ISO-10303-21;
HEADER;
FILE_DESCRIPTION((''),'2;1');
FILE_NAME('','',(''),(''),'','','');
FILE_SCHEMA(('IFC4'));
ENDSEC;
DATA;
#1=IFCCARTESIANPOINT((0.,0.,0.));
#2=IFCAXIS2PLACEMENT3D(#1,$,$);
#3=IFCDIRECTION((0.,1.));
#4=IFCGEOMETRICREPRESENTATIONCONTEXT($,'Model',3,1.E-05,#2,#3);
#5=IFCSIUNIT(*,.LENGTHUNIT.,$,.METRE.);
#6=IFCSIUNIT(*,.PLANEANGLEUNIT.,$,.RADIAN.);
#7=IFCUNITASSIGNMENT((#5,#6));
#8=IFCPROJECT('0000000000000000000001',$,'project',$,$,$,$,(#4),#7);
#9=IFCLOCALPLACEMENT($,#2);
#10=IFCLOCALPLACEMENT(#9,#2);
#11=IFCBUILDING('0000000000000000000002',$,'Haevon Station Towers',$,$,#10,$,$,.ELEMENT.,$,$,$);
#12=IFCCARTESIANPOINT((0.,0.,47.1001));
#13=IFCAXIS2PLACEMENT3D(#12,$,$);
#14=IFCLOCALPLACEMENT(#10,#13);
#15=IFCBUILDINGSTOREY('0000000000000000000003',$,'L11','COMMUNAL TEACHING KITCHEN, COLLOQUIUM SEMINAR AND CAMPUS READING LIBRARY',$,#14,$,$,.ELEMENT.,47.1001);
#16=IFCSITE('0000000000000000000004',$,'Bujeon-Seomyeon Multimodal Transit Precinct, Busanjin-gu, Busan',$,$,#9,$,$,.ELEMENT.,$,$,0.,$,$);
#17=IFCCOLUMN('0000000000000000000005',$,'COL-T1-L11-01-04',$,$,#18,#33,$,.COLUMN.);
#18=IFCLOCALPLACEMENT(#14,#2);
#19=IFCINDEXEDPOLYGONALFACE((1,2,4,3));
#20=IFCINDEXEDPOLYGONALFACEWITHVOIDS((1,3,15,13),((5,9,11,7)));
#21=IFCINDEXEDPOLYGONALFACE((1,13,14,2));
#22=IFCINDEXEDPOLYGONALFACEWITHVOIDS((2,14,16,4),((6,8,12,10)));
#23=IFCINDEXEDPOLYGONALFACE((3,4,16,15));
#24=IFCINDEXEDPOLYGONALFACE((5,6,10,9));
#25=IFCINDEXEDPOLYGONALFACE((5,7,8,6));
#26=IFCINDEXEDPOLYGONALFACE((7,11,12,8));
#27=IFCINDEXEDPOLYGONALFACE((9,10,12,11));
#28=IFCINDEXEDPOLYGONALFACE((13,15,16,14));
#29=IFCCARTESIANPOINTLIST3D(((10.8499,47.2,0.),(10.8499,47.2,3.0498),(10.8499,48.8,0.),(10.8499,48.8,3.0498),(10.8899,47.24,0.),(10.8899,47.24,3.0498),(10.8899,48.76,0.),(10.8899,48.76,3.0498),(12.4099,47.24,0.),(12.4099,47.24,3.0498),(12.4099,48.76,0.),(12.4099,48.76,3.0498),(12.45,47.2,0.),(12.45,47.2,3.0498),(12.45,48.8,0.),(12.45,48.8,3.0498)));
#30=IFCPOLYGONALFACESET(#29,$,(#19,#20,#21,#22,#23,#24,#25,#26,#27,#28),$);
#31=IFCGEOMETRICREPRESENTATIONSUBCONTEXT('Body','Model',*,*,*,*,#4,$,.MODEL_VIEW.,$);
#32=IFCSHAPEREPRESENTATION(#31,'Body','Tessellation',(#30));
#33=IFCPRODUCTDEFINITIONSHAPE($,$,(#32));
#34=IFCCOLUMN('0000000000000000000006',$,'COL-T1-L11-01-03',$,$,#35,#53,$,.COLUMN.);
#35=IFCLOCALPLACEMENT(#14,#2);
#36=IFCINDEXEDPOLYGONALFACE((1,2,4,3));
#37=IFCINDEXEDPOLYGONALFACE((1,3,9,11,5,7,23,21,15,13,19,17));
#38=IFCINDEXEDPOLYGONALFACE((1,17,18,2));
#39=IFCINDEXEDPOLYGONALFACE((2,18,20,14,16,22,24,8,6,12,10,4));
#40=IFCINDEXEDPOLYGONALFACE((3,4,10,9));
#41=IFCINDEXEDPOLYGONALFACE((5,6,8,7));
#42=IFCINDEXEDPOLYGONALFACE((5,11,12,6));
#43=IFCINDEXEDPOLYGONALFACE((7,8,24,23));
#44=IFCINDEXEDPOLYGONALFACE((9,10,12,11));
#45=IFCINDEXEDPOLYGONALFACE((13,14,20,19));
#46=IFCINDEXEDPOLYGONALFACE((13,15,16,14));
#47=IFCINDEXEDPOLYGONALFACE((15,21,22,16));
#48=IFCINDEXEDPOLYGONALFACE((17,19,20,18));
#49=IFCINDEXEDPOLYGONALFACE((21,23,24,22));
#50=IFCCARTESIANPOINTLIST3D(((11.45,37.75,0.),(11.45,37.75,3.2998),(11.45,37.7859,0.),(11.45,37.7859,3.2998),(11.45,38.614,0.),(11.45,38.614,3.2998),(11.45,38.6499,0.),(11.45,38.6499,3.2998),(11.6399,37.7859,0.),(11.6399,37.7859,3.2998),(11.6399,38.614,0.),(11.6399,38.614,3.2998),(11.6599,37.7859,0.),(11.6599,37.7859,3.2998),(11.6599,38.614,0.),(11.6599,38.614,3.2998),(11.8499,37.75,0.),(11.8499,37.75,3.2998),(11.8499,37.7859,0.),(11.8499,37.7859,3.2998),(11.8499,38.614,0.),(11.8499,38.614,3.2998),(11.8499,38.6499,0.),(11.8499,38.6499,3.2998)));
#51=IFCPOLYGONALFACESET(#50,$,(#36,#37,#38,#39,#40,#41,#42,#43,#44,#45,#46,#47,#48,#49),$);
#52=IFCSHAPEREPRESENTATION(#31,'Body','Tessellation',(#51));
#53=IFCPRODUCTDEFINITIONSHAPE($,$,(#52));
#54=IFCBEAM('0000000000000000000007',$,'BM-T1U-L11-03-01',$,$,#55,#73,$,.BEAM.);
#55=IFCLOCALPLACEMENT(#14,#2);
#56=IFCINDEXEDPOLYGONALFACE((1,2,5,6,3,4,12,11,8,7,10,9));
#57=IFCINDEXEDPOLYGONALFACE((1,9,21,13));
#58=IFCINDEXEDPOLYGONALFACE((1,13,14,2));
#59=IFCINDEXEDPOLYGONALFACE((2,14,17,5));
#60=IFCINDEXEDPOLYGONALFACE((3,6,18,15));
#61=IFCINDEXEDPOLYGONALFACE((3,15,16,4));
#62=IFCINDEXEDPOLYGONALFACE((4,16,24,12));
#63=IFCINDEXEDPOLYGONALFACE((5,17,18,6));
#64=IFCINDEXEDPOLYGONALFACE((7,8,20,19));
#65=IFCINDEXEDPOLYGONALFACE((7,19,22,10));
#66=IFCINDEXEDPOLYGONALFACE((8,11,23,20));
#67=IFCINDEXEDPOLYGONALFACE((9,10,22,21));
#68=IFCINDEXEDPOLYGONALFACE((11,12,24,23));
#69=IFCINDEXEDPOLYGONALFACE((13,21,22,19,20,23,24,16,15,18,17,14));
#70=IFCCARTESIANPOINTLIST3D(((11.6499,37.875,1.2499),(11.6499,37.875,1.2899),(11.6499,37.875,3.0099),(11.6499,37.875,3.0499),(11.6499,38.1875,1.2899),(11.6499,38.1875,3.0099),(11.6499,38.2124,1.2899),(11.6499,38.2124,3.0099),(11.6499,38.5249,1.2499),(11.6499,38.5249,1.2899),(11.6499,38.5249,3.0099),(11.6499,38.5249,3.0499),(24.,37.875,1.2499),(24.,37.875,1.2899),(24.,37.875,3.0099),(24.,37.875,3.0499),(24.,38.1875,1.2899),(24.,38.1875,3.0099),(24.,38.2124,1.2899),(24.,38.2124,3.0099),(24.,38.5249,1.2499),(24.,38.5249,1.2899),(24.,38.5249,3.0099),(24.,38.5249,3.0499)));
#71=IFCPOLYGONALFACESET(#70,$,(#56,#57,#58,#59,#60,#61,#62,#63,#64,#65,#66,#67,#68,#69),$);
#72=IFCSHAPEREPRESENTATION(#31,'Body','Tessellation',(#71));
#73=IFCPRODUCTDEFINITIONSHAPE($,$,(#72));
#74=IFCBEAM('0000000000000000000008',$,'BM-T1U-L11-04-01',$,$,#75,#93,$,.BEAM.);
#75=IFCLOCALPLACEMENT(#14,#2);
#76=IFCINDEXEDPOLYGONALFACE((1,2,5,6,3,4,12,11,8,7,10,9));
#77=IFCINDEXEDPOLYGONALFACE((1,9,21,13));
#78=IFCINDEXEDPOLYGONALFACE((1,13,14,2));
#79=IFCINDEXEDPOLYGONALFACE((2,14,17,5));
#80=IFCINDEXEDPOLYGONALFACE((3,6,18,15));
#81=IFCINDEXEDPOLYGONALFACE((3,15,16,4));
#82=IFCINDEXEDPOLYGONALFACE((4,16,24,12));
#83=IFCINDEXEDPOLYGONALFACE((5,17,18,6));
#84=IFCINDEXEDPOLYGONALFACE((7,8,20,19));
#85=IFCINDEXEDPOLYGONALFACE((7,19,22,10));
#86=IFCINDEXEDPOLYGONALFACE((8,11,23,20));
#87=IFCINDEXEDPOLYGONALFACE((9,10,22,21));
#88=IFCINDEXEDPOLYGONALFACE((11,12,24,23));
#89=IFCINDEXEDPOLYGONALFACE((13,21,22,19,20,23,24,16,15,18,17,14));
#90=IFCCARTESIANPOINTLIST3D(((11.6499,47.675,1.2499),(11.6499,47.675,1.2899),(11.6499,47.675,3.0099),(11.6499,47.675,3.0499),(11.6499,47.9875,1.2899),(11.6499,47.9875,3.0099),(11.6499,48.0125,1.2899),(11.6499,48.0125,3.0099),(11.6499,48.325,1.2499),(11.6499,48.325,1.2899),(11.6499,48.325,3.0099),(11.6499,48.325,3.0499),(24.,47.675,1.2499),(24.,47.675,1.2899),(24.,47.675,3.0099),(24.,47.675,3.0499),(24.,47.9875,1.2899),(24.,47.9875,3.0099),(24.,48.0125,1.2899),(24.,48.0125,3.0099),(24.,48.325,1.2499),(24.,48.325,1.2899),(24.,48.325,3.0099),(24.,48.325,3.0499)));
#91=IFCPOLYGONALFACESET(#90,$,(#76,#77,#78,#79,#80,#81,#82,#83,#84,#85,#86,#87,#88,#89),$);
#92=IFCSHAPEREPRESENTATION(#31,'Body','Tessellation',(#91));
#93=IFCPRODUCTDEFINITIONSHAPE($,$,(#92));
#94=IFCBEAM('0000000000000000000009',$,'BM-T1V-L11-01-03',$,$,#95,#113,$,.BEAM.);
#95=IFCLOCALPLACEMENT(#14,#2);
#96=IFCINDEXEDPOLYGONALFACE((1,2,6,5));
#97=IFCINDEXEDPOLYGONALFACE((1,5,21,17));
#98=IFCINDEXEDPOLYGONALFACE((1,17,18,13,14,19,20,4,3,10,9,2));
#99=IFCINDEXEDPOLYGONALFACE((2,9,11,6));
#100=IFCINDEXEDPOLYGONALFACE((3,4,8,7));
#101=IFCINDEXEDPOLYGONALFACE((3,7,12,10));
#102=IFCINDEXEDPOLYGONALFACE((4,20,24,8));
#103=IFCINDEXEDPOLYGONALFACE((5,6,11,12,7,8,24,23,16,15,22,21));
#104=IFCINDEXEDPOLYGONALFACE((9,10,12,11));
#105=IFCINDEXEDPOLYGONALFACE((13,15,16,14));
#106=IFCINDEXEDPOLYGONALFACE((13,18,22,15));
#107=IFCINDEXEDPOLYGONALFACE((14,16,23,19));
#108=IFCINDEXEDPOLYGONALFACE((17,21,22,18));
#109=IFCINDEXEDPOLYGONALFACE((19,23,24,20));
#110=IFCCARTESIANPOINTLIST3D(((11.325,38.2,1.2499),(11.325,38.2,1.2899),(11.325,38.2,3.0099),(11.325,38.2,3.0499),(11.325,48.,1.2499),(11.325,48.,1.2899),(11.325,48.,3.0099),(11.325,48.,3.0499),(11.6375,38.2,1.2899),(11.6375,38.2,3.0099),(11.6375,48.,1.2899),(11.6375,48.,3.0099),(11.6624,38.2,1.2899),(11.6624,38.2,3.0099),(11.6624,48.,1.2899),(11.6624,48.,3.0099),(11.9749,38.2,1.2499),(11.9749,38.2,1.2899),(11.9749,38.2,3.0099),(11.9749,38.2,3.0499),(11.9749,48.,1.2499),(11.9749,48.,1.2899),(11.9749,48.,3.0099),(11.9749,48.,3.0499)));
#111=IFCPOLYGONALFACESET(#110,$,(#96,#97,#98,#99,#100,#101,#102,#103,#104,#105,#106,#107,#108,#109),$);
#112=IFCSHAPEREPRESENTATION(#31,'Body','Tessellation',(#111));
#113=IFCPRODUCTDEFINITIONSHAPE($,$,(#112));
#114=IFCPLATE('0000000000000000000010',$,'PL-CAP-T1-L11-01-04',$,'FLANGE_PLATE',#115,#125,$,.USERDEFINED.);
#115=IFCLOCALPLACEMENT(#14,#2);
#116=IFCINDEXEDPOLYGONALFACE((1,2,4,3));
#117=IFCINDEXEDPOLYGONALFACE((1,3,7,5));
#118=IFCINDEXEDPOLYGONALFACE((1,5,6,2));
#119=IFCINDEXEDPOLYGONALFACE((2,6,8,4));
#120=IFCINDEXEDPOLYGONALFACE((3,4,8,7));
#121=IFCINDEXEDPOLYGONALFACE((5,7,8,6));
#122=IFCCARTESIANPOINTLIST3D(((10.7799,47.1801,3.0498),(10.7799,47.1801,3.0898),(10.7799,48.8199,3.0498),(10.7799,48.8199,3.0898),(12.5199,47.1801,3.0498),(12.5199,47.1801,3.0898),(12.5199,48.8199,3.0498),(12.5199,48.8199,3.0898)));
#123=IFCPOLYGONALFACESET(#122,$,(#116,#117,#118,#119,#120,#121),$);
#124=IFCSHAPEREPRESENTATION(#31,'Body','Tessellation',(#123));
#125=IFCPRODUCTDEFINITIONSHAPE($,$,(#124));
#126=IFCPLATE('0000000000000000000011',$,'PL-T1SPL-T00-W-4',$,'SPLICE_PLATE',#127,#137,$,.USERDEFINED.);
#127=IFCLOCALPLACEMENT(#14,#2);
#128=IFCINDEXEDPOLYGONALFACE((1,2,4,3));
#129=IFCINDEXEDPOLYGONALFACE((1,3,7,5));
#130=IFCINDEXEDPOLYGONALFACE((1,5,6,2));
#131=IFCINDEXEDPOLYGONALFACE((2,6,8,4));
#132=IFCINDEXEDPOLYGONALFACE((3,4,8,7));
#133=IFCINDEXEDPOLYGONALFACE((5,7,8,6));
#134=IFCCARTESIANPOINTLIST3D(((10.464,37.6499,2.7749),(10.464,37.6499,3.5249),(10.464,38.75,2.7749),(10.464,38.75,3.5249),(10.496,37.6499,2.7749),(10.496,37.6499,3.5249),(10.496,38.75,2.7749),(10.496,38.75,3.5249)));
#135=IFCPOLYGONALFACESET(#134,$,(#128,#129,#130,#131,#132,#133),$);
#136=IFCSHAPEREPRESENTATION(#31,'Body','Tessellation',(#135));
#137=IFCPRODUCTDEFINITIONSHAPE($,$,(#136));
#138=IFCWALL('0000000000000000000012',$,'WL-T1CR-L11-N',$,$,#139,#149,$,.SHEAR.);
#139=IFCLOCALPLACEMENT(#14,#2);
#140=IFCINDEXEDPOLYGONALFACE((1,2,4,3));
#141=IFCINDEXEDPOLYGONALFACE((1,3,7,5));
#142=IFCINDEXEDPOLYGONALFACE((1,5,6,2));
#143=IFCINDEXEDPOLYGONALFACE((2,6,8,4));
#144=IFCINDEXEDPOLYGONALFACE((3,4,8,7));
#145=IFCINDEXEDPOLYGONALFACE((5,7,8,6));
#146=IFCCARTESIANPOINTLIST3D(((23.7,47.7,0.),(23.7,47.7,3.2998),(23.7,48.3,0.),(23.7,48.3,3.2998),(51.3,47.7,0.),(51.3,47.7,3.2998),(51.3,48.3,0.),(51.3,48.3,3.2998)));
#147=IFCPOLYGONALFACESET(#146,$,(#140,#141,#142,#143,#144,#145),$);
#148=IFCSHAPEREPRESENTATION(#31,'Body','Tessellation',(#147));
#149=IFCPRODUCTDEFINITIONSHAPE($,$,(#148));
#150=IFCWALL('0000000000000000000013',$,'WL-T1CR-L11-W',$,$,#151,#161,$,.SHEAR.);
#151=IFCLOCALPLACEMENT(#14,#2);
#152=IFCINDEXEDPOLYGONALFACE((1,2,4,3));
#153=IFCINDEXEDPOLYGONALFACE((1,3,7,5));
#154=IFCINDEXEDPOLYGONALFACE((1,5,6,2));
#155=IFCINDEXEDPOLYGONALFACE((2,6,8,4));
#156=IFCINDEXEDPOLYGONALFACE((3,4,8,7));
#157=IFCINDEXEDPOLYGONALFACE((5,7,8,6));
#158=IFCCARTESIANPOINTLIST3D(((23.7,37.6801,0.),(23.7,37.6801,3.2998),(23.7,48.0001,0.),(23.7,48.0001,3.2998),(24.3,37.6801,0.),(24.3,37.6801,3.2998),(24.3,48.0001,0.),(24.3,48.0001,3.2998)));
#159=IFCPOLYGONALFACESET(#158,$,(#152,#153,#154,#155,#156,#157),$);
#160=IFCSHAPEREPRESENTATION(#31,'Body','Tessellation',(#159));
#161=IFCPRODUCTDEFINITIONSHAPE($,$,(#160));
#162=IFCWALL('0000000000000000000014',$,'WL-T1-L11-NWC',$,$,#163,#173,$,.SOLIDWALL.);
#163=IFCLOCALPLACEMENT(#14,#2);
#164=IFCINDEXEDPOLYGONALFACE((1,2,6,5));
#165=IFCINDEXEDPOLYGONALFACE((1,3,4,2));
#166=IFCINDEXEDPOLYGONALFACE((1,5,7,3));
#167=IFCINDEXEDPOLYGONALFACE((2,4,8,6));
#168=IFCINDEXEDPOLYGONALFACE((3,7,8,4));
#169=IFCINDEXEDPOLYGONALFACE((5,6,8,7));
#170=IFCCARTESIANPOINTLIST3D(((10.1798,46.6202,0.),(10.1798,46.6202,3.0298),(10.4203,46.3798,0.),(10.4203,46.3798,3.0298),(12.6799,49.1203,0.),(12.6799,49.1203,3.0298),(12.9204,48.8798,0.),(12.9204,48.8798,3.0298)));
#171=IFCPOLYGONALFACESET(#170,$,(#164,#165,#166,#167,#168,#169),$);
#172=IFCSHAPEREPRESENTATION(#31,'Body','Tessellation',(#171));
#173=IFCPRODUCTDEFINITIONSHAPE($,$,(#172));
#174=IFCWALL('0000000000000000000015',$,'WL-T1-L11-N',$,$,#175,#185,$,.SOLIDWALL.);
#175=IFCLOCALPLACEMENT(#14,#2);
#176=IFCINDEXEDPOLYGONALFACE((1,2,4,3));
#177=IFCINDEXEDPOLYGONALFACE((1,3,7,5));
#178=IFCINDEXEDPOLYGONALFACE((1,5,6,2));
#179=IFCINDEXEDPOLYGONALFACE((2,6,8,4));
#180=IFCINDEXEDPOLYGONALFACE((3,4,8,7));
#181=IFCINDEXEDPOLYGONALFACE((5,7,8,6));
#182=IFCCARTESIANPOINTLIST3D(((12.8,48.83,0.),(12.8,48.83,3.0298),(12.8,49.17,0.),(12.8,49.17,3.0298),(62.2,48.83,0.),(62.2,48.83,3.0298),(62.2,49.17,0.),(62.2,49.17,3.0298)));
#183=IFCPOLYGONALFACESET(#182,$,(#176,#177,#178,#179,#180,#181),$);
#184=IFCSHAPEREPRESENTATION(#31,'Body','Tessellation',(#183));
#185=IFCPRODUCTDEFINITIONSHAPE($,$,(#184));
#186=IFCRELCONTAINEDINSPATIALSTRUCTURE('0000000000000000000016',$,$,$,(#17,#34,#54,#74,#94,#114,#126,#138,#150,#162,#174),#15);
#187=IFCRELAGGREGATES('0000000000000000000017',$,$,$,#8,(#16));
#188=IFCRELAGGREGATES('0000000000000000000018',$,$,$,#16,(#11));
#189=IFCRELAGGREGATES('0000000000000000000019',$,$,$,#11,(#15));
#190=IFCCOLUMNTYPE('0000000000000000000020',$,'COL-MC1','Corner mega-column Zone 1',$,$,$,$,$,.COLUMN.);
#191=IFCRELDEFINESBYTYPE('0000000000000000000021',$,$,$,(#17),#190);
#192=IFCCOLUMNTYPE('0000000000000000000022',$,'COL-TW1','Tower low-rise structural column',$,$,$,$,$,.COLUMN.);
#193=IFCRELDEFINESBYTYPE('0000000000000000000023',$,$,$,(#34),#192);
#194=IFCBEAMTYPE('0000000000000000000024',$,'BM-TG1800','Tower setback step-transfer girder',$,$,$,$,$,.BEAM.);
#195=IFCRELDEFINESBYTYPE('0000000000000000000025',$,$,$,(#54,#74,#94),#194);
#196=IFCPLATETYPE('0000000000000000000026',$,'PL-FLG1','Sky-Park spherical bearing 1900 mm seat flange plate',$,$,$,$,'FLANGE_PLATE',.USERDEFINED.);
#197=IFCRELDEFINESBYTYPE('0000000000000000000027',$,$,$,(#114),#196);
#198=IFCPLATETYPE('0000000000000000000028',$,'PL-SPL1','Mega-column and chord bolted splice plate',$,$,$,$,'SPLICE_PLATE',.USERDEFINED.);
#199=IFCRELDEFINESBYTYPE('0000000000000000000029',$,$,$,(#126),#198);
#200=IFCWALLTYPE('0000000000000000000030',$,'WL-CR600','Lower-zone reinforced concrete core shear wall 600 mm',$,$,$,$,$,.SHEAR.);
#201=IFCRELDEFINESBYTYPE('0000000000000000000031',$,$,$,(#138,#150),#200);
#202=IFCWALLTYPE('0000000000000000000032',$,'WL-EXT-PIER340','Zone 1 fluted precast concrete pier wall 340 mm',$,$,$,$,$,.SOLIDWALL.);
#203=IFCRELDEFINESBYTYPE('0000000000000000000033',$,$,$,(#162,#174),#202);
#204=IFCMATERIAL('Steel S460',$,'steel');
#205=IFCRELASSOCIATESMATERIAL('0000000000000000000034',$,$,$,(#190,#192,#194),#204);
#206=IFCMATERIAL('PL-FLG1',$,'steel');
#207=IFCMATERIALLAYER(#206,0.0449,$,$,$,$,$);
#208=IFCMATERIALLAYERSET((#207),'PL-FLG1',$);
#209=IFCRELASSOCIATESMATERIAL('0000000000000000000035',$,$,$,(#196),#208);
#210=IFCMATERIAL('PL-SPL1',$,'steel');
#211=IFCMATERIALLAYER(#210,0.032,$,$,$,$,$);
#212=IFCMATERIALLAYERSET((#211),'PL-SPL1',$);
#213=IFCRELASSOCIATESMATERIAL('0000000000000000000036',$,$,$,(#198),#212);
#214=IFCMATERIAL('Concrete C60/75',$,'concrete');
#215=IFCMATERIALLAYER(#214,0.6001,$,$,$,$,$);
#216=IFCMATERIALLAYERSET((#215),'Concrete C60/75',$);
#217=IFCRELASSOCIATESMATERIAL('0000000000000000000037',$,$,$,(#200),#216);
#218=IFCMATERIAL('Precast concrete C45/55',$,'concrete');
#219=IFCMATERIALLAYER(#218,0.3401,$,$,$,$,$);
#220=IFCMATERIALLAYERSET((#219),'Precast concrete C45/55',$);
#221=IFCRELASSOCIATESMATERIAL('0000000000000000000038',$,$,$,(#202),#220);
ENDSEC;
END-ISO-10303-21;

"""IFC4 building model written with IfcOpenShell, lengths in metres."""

from ifc_helpers import new_model, si_unit, direction, frame, frame_2d, origin, origin_2d, place, context, subcontext, project, spatial, rectangle, hollow_rectangle, i_section, extrude, material, layer, layer_set, material_profile, profile_set, type_object, element, save


model = new_model("IFC4")

# Units and contexts
model_context = context("Model", 3, precision=1e-05, world=origin(), true_north=direction((0.0, 1.0)))
body_context = subcontext(model_context, "Body", "Model", "MODEL_VIEW")
ifc_project = project(units=[si_unit("LENGTHUNIT", "METRE"), si_unit("PLANEANGLEUNIT", "RADIAN")], contexts=[model_context])

# Site, building, storey
site_placement = place(None, origin())
site = spatial("IfcSite", under=ifc_project, at=site_placement, Name="Bujeon-Seomyeon Multimodal Transit Precinct, Busanjin-gu, Busan", CompositionType="ELEMENT", RefElevation=0.0)
building_placement = place(site_placement, origin())
building = spatial("IfcBuilding", under=site, at=building_placement, Name="Haevon Station Towers", CompositionType="ELEMENT")
storey_placement = place(building_placement, frame((0.0, 0.0, 47.1001)))
storey = spatial("IfcBuildingStorey", under=building, at=storey_placement, Name="L11", Description="COMMUNAL TEACHING KITCHEN, COLLOQUIUM SEMINAR AND CAMPUS READING LIBRARY", CompositionType="ELEMENT", Elevation=47.1001)

# Columns
ifc_material_1 = material(Name="Steel S460", Category="steel")
ifc_material_profile_1 = material_profile(ifc_material_1, hollow_rectangle(XDim=1.6001, YDim=1.6001, WallThickness=0.04, at=origin_2d()), Name="BOX-1600x1600x40")
ifc_profile_set_1 = profile_set([ifc_material_profile_1], Name="Steel S460")
column_type_1 = type_object("IfcColumnType", Name="COL-MC1", Description="Corner mega-column Zone 1", PredefinedType="COLUMN", material=ifc_profile_set_1)
column_1_placement = place(storey_placement, frame((11.6499, 48.0, 0.0), z_axis=(0.0, 0.0, 1.0), x_axis=(1.0, 0.0, 0.0)))
element("IfcColumn", 1, at=column_1_placement, inside=storey, type_object=column_type_1, Name="COL-T1-L11-01-04", PredefinedType="COLUMN", context=body_context, shape_type="SweptSolid", body=[
    extrude(hollow_rectangle(XDim=1.6001, YDim=1.6001, WallThickness=0.04, at=origin_2d()), origin(), (0.0, 0.0, 1.0), 3.0498),
])
ifc_material_profile_2 = material_profile(ifc_material_1, i_section(OverallWidth=0.3999, OverallDepth=0.8999, WebThickness=0.02, FlangeThickness=0.0359, at=origin_2d()), Name="H-900x400x20x36")
ifc_profile_set_2 = profile_set([ifc_material_profile_2], Name="Steel S460")
column_type_2 = type_object("IfcColumnType", Name="COL-TW1", Description="Tower low-rise structural column", PredefinedType="COLUMN", material=ifc_profile_set_2)
column_2_placement = place(storey_placement, frame((11.6499, 38.2, 0.0), z_axis=(0.0, 0.0, 1.0), x_axis=(1.0, 0.0, 0.0)))
element("IfcColumn", 2, at=column_2_placement, inside=storey, type_object=column_type_2, Name="COL-T1-L11-01-03", PredefinedType="COLUMN", context=body_context, shape_type="SweptSolid", body=[
    extrude(i_section(OverallWidth=0.3999, OverallDepth=0.8999, WebThickness=0.02, FlangeThickness=0.0359, at=origin_2d()), origin(), (0.0, 0.0, 1.0), 3.2998),
])

# Beams
ifc_material_profile_3 = material_profile(ifc_material_1, i_section(OverallWidth=0.6499, OverallDepth=1.8, WebThickness=0.0249, FlangeThickness=0.04, at=origin_2d()), Name="H-1800x650x25x40")
ifc_profile_set_3 = profile_set([ifc_material_profile_3], Name="Steel S460")
beam_type = type_object("IfcBeamType", Name="BM-TG1800", Description="Tower setback step-transfer girder", PredefinedType="BEAM", material=ifc_profile_set_3)
for number, where, z_axis, x_axis, name in (
    (3, (11.6499, 38.2, 2.1499), (1.0, 0.0, 0.0), (0.0, 1.0, 0.0), "BM-T1U-L11-03-01"),
    (4, (11.6499, 48.0, 2.1499), (1.0, 0.0, 0.0), (0.0, 1.0, 0.0), "BM-T1U-L11-04-01"),
):
    element("IfcBeam", number, at=place(storey_placement, frame(where, z_axis=z_axis, x_axis=x_axis)), inside=storey, type_object=beam_type, Name=name, PredefinedType="BEAM", context=body_context, shape_type="SweptSolid", body=[
        extrude(i_section(OverallWidth=0.6499, OverallDepth=1.8, WebThickness=0.0249, FlangeThickness=0.04, at=origin_2d()), origin(), (0.0, 0.0, 1.0), 12.3501),
    ])
beam_placement = place(storey_placement, frame((11.6499, 38.2, 2.1499), z_axis=(0.0, 1.0, 0.0), x_axis=(-1.0, 0.0, 0.0)))
element("IfcBeam", 5, at=beam_placement, inside=storey, type_object=beam_type, Name="BM-T1V-L11-01-03", PredefinedType="BEAM", context=body_context, shape_type="SweptSolid", body=[
    extrude(i_section(OverallWidth=0.6499, OverallDepth=1.8, WebThickness=0.0249, FlangeThickness=0.04, at=origin_2d()), origin(), (0.0, 0.0, 1.0), 9.8),
])

# Plates
ifc_material_2 = material(Name="PL-FLG1", Category="steel")
ifc_layer_1 = layer(ifc_material_2, 0.0449)
ifc_layer_set_1 = layer_set([ifc_layer_1], Name="PL-FLG1")
plate_type_1 = type_object("IfcPlateType", Name="PL-FLG1", Description="Sky-Park spherical bearing 1900 mm seat flange plate", ElementType="FLANGE_PLATE", PredefinedType="USERDEFINED", material=ifc_layer_set_1)
plate_1_placement = place(storey_placement, frame((11.6499, 48.0, 3.0498), z_axis=(0.0, 0.0, 1.0), x_axis=(1.0, 0.0, 0.0)))
element("IfcPlate", 6, at=plate_1_placement, inside=storey, type_object=plate_type_1, Name="PL-CAP-T1-L11-01-04", ObjectType="FLANGE_PLATE", PredefinedType="USERDEFINED", context=body_context, shape_type="SweptSolid", body=[
    extrude(rectangle(XDim=1.74, YDim=1.6399, at=origin_2d()), origin(), (0.0, 0.0, 1.0), 0.04),
])
ifc_material_3 = material(Name="PL-SPL1", Category="steel")
ifc_layer_2 = layer(ifc_material_3, 0.032)
ifc_layer_set_2 = layer_set([ifc_layer_2], Name="PL-SPL1")
plate_type_2 = type_object("IfcPlateType", Name="PL-SPL1", Description="Mega-column and chord bolted splice plate", ElementType="SPLICE_PLATE", PredefinedType="USERDEFINED", material=ifc_layer_set_2)
plate_2_placement = place(storey_placement, frame((10.48, 38.2, 2.7749), z_axis=(0.0, 0.0, 1.0), x_axis=(0.0, 1.0, 0.0)))
element("IfcPlate", 7, at=plate_2_placement, inside=storey, type_object=plate_type_2, Name="PL-T1SPL-T00-W-4", ObjectType="SPLICE_PLATE", PredefinedType="USERDEFINED", context=body_context, shape_type="SweptSolid", body=[
    extrude(rectangle(XDim=1.1001, YDim=0.032, at=origin_2d()), origin(), (0.0, 0.0, 1.0), 0.75),
])

# Walls
ifc_material_4 = material(Name="Concrete C60/75", Category="concrete")
ifc_layer_3 = layer(ifc_material_4, 0.6001)
ifc_layer_set_3 = layer_set([ifc_layer_3], Name="Concrete C60/75")
wall_type_1 = type_object("IfcWallType", Name="WL-CR600", Description="Lower-zone reinforced concrete core shear wall 600 mm", PredefinedType="SHEAR", material=ifc_layer_set_3)
wall_1_placement = place(storey_placement, frame((23.7, 48.0, 0.0), z_axis=(0.0, 0.0, 1.0), x_axis=(1.0, 0.0, 0.0)))
element("IfcWall", 8, at=wall_1_placement, inside=storey, type_object=wall_type_1, Name="WL-T1CR-L11-N", PredefinedType="SHEAR", context=body_context, shape_type="SweptSolid", body=[
    extrude(rectangle(XDim=27.6001, YDim=0.6001, at=frame_2d((13.8, 0.0))), origin(), (0.0, 0.0, 1.0), 3.2998),
])
wall_2_placement = place(storey_placement, frame((24.0, 37.6799, 0.0), z_axis=(0.0, 0.0, 1.0), x_axis=(0.0, 1.0, 0.0)))
element("IfcWall", 9, at=wall_2_placement, inside=storey, type_object=wall_type_1, Name="WL-T1CR-L11-W", PredefinedType="SHEAR", context=body_context, shape_type="SweptSolid", body=[
    extrude(rectangle(XDim=10.3201, YDim=0.6001, at=frame_2d((5.1602, 0.0))), origin(), (0.0, 0.0, 1.0), 3.2998),
])
ifc_material_5 = material(Name="Precast concrete C45/55", Category="concrete")
ifc_layer_4 = layer(ifc_material_5, 0.3401)
ifc_layer_set_4 = layer_set([ifc_layer_4], Name="Precast concrete C45/55")
wall_type_2 = type_object("IfcWallType", Name="WL-EXT-PIER340", Description="Zone 1 fluted precast concrete pier wall 340 mm", PredefinedType="SOLIDWALL", material=ifc_layer_set_4)
wall_3_placement = place(storey_placement, frame((10.3, 46.5, 0.0), z_axis=(0.0, 0.0, 1.0), x_axis=(0.707107, 0.707107, 0.0)))
element("IfcWall", 10, at=wall_3_placement, inside=storey, type_object=wall_type_2, Name="WL-T1-L11-NWC", PredefinedType="SOLIDWALL", context=body_context, shape_type="SweptSolid", body=[
    extrude(rectangle(XDim=3.5356, YDim=0.3401, at=frame_2d((1.7678, 0.0))), origin(), (0.0, 0.0, 1.0), 3.0298),
])
wall_4_placement = place(storey_placement, frame((12.8, 49.0, 0.0), z_axis=(0.0, 0.0, 1.0), x_axis=(1.0, 0.0, 0.0)))
element("IfcWall", 11, at=wall_4_placement, inside=storey, type_object=wall_type_2, Name="WL-T1-L11-N", PredefinedType="SOLIDWALL", context=body_context, shape_type="SweptSolid", body=[
    extrude(rectangle(XDim=49.3999, YDim=0.3401, at=frame_2d((24.7, 0.0))), origin(), (0.0, 0.0, 1.0), 3.0298),
])

save(model, "model.ifc")
